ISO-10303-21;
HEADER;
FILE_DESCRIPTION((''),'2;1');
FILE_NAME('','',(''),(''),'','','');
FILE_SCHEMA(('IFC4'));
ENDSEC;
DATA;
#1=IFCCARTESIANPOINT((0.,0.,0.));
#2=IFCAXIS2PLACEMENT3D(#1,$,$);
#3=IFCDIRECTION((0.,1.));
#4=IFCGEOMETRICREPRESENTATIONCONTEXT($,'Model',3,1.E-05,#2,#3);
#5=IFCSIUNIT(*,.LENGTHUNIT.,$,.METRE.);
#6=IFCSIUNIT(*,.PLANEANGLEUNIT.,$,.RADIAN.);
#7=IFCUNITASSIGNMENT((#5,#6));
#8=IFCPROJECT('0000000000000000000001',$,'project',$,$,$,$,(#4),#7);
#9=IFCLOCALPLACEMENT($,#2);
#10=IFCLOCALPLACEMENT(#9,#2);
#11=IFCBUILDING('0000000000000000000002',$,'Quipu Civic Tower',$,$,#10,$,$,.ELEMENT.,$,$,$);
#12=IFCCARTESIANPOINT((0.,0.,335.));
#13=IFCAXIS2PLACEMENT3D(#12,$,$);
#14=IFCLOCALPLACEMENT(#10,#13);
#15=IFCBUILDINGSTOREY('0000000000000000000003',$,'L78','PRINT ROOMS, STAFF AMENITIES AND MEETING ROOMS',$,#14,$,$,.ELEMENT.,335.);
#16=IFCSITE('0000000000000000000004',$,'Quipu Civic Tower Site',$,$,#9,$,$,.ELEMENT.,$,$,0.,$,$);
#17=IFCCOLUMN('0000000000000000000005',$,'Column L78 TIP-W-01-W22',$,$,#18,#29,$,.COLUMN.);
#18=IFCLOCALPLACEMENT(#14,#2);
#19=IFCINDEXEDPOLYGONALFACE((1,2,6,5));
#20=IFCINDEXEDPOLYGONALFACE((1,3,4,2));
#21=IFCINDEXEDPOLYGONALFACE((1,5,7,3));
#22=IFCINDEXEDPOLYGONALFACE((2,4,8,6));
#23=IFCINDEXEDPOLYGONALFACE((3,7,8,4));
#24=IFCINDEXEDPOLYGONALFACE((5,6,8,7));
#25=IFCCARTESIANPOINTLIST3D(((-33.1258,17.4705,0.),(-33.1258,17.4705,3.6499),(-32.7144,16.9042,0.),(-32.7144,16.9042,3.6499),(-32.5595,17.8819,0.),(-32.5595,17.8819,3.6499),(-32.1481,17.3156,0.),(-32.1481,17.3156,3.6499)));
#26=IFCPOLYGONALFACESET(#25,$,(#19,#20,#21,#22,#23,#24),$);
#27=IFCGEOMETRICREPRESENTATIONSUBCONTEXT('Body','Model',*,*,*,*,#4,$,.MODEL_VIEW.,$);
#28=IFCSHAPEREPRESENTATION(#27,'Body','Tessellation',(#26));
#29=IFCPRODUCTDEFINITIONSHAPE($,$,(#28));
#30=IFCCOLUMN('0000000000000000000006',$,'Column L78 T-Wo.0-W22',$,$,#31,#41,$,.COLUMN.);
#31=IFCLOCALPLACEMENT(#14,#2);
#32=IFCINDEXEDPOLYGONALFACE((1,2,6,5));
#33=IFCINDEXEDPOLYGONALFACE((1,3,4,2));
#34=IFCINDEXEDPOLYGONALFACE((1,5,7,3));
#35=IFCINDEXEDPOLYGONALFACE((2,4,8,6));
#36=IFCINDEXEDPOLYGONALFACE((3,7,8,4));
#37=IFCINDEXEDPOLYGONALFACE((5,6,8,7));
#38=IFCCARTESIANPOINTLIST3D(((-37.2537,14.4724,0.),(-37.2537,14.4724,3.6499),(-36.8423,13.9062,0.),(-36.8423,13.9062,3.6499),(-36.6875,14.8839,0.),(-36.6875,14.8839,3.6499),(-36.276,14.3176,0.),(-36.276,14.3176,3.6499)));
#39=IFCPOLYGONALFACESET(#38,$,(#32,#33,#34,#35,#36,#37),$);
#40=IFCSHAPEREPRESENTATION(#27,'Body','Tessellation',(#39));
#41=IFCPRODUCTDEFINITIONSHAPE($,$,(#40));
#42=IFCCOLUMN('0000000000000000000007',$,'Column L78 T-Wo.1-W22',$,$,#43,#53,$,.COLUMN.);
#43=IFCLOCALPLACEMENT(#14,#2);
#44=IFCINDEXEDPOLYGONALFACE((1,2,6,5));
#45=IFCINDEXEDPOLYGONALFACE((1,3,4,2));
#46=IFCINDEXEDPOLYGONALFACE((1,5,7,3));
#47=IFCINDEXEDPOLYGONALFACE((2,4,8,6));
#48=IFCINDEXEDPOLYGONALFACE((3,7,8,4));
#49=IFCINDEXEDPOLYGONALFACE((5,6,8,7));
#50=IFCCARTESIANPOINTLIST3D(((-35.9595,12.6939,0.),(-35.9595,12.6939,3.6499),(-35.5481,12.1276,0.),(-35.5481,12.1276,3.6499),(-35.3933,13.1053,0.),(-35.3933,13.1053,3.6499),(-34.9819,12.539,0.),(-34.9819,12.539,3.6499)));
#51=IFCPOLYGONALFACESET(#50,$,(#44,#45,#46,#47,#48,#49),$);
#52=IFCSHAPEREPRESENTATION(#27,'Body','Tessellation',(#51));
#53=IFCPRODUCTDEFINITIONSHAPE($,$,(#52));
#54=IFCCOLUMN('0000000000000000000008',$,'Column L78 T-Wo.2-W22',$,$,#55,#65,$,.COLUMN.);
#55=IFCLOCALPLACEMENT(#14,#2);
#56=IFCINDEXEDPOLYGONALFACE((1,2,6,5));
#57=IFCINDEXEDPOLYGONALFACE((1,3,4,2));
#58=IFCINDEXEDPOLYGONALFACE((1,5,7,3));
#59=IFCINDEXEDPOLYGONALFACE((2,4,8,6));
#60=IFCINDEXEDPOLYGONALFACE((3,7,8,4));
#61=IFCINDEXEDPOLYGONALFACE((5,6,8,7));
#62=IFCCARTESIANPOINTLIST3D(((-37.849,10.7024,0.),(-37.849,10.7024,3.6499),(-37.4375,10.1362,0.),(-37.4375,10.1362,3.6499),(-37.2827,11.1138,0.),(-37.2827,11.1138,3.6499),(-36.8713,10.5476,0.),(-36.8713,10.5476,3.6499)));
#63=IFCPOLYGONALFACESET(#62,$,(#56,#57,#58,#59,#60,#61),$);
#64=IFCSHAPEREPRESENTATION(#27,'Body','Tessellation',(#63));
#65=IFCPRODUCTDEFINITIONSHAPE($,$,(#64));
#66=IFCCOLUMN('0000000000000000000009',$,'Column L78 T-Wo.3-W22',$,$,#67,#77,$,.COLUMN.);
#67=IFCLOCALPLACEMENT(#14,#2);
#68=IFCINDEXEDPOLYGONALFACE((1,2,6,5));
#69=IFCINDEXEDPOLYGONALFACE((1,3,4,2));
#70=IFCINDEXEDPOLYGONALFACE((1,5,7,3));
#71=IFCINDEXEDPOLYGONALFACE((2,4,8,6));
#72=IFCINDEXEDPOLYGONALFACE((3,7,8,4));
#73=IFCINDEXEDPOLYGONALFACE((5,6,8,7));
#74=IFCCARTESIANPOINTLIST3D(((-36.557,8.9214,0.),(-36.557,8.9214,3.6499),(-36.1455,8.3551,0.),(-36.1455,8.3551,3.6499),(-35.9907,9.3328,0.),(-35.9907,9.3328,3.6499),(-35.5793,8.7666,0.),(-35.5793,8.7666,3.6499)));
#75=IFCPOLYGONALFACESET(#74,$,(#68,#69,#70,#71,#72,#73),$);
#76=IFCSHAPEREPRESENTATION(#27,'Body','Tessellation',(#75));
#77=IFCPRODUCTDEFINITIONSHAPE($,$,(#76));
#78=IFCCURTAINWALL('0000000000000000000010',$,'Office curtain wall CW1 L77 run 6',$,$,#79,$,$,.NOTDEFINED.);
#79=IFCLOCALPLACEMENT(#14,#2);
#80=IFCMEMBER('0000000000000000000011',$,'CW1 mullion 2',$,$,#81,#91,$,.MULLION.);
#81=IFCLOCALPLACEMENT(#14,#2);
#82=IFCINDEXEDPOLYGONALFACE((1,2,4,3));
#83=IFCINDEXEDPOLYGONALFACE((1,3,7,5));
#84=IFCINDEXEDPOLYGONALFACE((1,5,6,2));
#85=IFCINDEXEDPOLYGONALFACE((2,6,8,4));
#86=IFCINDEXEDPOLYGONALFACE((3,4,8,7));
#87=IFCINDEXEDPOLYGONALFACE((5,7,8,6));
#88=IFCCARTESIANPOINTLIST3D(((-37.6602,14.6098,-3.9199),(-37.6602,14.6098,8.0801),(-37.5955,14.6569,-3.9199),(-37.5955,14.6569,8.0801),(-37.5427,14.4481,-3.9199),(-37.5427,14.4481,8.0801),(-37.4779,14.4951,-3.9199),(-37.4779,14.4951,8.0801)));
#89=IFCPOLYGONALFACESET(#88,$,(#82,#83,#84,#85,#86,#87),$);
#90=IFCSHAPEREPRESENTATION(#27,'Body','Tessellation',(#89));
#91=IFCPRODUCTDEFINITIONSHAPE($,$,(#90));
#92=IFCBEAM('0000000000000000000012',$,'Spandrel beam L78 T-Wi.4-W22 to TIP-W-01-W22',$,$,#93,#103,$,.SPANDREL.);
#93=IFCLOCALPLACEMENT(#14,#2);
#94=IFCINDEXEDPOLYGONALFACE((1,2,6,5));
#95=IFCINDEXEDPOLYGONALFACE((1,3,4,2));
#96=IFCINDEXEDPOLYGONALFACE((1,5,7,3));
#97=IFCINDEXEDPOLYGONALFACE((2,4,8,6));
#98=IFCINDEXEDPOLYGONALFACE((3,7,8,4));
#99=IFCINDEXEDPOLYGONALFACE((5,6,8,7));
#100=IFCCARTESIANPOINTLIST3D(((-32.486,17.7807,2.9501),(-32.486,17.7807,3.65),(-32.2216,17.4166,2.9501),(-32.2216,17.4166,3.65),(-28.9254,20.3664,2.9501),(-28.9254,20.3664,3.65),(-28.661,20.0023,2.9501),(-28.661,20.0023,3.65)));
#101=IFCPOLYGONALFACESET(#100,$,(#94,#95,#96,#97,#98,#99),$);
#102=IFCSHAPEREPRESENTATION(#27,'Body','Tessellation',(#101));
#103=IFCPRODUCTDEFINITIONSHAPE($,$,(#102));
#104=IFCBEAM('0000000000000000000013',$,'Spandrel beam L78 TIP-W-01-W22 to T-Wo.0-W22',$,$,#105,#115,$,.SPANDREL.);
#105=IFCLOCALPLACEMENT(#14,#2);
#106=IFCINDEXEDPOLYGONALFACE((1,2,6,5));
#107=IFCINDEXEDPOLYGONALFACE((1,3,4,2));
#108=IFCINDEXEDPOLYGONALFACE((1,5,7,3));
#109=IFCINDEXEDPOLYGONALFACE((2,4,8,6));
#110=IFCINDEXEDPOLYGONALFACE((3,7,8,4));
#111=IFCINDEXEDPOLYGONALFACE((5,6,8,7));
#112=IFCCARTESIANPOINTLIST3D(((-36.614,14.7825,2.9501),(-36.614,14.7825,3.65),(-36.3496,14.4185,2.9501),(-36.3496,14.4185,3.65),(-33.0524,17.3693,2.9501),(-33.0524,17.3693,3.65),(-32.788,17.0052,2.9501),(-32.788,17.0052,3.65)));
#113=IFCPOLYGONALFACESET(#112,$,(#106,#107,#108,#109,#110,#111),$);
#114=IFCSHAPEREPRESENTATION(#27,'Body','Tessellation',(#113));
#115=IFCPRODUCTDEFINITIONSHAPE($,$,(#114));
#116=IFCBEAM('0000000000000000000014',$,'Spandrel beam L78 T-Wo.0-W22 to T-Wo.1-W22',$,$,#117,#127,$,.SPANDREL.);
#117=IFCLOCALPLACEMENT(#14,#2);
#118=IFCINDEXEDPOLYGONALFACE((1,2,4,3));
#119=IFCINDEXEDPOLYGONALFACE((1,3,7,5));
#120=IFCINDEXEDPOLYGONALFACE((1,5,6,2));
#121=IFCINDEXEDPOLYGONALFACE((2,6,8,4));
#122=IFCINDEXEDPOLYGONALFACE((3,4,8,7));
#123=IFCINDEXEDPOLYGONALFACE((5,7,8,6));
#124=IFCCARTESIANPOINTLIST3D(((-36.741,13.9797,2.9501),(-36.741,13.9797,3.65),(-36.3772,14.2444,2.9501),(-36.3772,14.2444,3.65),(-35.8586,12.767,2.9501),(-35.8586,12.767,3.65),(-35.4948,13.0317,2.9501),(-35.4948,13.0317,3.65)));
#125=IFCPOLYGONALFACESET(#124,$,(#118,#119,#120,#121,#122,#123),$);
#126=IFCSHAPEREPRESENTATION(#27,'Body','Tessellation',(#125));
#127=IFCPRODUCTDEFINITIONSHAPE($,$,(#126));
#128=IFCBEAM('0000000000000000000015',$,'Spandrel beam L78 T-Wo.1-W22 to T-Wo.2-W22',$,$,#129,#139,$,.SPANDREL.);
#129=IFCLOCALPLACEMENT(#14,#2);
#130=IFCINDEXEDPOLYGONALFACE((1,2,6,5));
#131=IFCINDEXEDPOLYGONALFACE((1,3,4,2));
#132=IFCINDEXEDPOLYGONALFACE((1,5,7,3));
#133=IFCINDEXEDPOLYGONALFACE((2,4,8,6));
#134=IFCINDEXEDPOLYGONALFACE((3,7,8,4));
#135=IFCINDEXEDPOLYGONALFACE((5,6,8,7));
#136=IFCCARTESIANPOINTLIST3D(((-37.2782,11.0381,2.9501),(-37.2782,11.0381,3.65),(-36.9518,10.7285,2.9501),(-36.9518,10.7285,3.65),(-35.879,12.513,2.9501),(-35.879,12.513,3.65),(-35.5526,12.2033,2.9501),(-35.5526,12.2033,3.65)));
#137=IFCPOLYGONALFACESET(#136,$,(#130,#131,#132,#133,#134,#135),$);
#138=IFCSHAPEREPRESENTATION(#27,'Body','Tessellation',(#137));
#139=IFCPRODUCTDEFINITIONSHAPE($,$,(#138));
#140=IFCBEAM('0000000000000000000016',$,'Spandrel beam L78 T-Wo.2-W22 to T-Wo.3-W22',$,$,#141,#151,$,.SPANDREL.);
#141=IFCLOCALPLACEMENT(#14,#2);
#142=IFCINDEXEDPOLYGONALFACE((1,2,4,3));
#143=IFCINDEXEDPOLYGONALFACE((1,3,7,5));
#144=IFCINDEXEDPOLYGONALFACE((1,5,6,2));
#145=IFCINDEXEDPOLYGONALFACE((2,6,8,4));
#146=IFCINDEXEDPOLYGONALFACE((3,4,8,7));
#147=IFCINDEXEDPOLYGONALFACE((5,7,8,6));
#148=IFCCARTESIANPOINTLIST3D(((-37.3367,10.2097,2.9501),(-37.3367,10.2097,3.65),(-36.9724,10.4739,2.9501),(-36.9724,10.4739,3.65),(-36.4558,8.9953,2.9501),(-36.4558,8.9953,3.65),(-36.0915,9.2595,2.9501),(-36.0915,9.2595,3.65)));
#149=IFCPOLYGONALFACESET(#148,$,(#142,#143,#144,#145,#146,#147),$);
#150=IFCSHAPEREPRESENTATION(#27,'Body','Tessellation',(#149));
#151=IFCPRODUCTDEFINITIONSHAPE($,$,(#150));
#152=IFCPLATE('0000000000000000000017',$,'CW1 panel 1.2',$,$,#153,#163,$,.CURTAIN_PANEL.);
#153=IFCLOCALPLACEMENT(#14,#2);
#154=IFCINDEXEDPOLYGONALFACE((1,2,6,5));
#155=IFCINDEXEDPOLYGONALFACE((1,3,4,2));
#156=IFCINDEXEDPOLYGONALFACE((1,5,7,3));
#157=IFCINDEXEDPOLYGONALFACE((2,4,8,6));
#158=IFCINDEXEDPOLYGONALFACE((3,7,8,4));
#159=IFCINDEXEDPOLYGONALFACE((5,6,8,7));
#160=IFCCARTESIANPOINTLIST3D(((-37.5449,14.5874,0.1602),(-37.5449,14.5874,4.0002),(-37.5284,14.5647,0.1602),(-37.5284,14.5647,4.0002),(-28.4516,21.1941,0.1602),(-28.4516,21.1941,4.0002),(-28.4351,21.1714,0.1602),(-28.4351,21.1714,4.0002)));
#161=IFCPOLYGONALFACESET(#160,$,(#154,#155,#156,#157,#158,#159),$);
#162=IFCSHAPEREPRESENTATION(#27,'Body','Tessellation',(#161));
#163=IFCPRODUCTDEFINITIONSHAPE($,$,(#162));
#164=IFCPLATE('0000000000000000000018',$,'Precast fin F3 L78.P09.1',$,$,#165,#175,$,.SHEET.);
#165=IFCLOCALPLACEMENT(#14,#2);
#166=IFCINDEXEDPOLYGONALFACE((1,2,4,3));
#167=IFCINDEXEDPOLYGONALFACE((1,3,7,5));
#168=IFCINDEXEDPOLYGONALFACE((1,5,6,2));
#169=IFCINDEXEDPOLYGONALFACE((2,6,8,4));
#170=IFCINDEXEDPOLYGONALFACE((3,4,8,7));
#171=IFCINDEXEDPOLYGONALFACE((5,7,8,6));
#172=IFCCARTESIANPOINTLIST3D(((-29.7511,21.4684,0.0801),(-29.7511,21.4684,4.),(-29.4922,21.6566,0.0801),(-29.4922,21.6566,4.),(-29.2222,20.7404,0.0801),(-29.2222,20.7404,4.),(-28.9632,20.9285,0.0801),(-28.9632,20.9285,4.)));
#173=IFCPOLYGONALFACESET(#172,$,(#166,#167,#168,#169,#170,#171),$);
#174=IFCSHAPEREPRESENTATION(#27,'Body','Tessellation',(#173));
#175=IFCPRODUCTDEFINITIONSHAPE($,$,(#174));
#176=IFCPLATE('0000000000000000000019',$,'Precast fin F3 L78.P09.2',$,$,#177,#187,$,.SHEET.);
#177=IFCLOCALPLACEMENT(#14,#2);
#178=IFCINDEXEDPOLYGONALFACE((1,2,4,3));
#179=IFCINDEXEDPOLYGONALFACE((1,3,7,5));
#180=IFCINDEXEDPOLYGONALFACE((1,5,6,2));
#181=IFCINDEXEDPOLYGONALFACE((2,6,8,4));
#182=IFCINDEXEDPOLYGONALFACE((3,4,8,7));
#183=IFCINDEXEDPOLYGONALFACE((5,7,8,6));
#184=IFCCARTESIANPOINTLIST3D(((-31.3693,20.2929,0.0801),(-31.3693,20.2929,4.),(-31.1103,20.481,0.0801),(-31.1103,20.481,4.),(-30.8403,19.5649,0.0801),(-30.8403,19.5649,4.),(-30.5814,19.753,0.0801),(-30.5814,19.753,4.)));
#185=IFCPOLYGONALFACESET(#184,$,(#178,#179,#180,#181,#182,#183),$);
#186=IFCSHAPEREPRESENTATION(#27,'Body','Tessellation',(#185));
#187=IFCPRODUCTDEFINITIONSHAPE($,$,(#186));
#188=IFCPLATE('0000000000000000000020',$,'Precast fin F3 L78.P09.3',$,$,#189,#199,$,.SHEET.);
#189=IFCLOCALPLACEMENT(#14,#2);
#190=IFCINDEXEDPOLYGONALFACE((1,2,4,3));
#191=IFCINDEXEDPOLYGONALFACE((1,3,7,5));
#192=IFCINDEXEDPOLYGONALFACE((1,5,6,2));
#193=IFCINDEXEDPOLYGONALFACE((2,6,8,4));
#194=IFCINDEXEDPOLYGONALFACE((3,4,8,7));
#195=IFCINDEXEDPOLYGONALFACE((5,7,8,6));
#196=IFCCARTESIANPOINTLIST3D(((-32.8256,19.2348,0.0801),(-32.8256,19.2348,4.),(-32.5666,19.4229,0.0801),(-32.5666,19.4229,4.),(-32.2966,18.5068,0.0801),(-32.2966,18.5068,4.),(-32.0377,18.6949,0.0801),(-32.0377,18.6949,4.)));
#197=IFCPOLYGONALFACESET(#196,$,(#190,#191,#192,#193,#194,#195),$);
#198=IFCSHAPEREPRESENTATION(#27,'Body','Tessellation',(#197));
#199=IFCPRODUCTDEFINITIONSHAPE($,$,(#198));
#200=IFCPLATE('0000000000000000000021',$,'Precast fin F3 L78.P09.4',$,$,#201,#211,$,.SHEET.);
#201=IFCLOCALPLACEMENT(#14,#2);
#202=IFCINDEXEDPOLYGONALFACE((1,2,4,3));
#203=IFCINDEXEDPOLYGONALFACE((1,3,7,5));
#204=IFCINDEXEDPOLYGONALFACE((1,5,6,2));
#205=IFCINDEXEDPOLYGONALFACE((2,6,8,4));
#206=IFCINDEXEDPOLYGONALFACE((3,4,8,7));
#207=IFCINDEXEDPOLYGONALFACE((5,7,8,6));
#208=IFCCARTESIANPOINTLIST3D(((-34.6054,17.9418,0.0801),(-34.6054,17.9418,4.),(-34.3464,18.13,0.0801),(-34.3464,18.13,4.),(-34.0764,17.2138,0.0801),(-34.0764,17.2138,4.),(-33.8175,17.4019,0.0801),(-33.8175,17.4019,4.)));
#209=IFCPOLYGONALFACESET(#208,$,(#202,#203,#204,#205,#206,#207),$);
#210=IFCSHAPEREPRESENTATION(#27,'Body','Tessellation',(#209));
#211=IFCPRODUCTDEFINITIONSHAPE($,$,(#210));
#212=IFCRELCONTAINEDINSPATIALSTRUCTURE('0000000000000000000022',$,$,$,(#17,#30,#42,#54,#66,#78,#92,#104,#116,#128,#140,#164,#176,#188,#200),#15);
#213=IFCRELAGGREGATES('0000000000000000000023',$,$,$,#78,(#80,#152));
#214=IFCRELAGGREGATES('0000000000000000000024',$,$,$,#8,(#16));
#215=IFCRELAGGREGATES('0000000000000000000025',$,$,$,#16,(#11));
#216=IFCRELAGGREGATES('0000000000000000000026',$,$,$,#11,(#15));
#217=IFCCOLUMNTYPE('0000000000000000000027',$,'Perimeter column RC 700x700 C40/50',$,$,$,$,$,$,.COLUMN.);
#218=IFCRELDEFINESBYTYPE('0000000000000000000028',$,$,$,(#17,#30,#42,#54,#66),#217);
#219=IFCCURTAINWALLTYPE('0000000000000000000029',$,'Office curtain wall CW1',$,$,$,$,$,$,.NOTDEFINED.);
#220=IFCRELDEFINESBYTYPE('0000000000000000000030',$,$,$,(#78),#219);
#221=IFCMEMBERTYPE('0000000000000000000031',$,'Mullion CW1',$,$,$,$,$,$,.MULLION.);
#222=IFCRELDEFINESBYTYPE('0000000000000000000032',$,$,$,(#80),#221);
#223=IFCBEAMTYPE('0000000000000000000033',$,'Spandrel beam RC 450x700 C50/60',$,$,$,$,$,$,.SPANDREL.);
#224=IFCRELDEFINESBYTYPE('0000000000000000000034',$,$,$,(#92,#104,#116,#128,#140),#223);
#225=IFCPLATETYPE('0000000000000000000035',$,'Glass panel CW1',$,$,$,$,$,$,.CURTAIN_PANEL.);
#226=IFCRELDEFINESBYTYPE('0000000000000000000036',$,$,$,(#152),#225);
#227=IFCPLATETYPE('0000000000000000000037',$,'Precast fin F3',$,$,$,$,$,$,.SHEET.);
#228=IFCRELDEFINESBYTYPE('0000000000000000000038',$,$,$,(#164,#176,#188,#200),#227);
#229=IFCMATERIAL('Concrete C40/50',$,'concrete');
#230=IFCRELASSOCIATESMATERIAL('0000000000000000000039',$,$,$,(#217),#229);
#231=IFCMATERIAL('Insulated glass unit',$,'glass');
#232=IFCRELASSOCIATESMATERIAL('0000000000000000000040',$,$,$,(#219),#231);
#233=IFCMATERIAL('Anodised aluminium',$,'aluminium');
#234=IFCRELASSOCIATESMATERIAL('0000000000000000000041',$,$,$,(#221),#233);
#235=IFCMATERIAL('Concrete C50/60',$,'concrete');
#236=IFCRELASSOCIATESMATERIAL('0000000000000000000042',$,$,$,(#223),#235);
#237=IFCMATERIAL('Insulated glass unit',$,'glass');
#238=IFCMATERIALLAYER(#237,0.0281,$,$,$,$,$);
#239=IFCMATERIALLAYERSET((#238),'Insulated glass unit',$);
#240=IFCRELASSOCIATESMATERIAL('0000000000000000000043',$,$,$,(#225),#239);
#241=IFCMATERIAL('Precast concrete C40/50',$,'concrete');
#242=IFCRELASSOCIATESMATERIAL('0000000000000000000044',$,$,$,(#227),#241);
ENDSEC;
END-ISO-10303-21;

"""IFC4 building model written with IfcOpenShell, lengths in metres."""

from ifc_helpers import new_model, si_unit, direction, frame, origin, origin_2d, place, context, subcontext, project, spatial, rectangle, extrude, material, layer, layer_set, material_profile, profile_set, type_object, element, aggregate, save


model = new_model("IFC4")

# Units and contexts
model_context = context("Model", 3, precision=1e-05, world=origin(), true_north=direction((0.0, 1.0)))
body_context = subcontext(model_context, "Body", "Model", "MODEL_VIEW")
ifc_project = project(units=[si_unit("LENGTHUNIT", "METRE"), si_unit("PLANEANGLEUNIT", "RADIAN")], contexts=[model_context])

# Site, building, storey
site_placement = place(None, origin())
site = spatial("IfcSite", under=ifc_project, at=site_placement, Name="Quipu Civic Tower Site", CompositionType="ELEMENT", RefElevation=0.0)
building_placement = place(site_placement, origin())
building = spatial("IfcBuilding", under=site, at=building_placement, Name="Quipu Civic Tower", CompositionType="ELEMENT")
storey_placement = place(building_placement, frame((0.0, 0.0, 335.0)))
storey = spatial("IfcBuildingStorey", under=building, at=storey_placement, Name="L78", Description="PRINT ROOMS, STAFF AMENITIES AND MEETING ROOMS", CompositionType="ELEMENT", Elevation=335.0)

# Columns
ifc_material_1 = material(Name="Concrete C40/50", Category="concrete")
ifc_material_profile_1 = material_profile(ifc_material_1, rectangle(XDim=0.7, YDim=0.7, at=origin_2d()), Name="RC700x700")
ifc_profile_set_1 = profile_set([ifc_material_profile_1], Name="Concrete C40/50")
column_type = type_object("IfcColumnType", Name="Perimeter column RC 700x700 C40/50", PredefinedType="COLUMN", material=ifc_profile_set_1)
for number, where, z_axis, x_axis, name in (
    (1, (-32.637, 17.3931, 0.0), (0.0, 0.0, 1.0), (-0.809017, -0.587785, 0.0), "Column L78 TIP-W-01-W22"),
    (2, (-36.7649, 14.395, 0.0), (0.0, 0.0, 1.0), (0.587785, -0.809017, 0.0), "Column L78 T-Wo.0-W22"),
    (3, (-35.4707, 12.6165, 0.0), (0.0, 0.0, 1.0), (-0.809017, -0.587785, 0.0), "Column L78 T-Wo.1-W22"),
    (4, (-37.3601, 10.625, 0.0), (0.0, 0.0, 1.0), (0.587785, -0.809017, 0.0), "Column L78 T-Wo.2-W22"),
    (5, (-36.0681, 8.844, 0.0), (0.0, 0.0, 1.0), (0.587785, -0.809017, 0.0), "Column L78 T-Wo.3-W22"),
):
    element("IfcColumn", number, at=place(storey_placement, frame(where, z_axis=z_axis, x_axis=x_axis)), inside=storey, type_object=column_type, Name=name, PredefinedType="COLUMN", context=body_context, shape_type="SweptSolid", body=[
        extrude(rectangle(XDim=0.7, YDim=0.7, at=origin_2d()), origin(), (0.0, 0.0, 1.0), 3.6499),
    ])

# Curtain wall, member
ifc_material_2 = material(Name="Insulated glass unit", Category="glass")
curtain_wall_type = type_object("IfcCurtainWallType", Name="Office curtain wall CW1", PredefinedType="NOTDEFINED", material=ifc_material_2)
curtain_wall_placement = place(storey_placement, origin())
curtain_wall = element("IfcCurtainWall", 6, at=curtain_wall_placement, inside=storey, type_object=curtain_wall_type, Name="Office curtain wall CW1 L77 run 6", PredefinedType="NOTDEFINED")
ifc_material_3 = material(Name="Anodised aluminium", Category="aluminium")
ifc_material_profile_2 = material_profile(ifc_material_3, rectangle(XDim=0.2, YDim=0.0801, at=origin_2d()), Name="RECT 200x80")
ifc_profile_set_2 = profile_set([ifc_material_profile_2], Name="Anodised aluminium")
member_type = type_object("IfcMemberType", Name="Mullion CW1", PredefinedType="MULLION", material=ifc_profile_set_2)
member_placement = place(storey_placement, frame((-37.5691, 14.5525, -3.9199), z_axis=(0.0, 0.0, 1.0), x_axis=(0.587788, -0.809015, 0.0)))
member = element("IfcMember", 7, at=member_placement, type_object=member_type, Name="CW1 mullion 2", PredefinedType="MULLION", context=body_context, shape_type="SweptSolid", body=[
    extrude(rectangle(XDim=0.2, YDim=0.0801, at=origin_2d()), origin(), (0.0, 0.0, 1.0), 12.0),
])

# Beams
ifc_material_4 = material(Name="Concrete C50/60", Category="concrete")
ifc_material_profile_3 = material_profile(ifc_material_4, rectangle(XDim=0.45, YDim=0.7, at=origin_2d()), Name="RC450x700")
ifc_profile_set_3 = profile_set([ifc_material_profile_3], Name="Concrete C50/60")
beam_type = type_object("IfcBeamType", Name="Spandrel beam RC 450x700 C50/60", PredefinedType="SPANDREL", material=ifc_profile_set_3)
beam_1_placement = place(storey_placement, frame((-28.7932, 20.1843, 3.3), z_axis=(-0.809146, -0.587607, 0.0), x_axis=(0.587607, -0.809146, 0.0)))
element("IfcBeam", 8, at=beam_1_placement, inside=storey, type_object=beam_type, Name="Spandrel beam L78 T-Wi.4-W22 to TIP-W-01-W22", PredefinedType="SPANDREL", context=body_context, shape_type="SweptSolid", body=[
    extrude(rectangle(XDim=0.45, YDim=0.7, at=origin_2d()), origin(), (0.0, 0.0, 1.0), 4.4004),
])
beam_2_placement = place(storey_placement, frame((-32.9202, 17.1873, 3.3), z_axis=(-0.809117, -0.587647, 0.0), x_axis=(0.587647, -0.809117, 0.0)))
element("IfcBeam", 9, at=beam_2_placement, inside=storey, type_object=beam_type, Name="Spandrel beam L78 TIP-W-01-W22 to T-Wo.0-W22", PredefinedType="SPANDREL", context=body_context, shape_type="SweptSolid", body=[
    extrude(rectangle(XDim=0.45, YDim=0.7, at=origin_2d()), origin(), (0.0, 0.0, 1.0), 4.4019),
])
beam_3_placement = place(storey_placement, frame((-36.5591, 14.1121, 3.3), z_axis=(0.588346, -0.808609, 0.0), x_axis=(0.808609, 0.588346, 0.0)))
element("IfcBeam", 10, at=beam_3_placement, inside=storey, type_object=beam_type, Name="Spandrel beam L78 T-Wo.0-W22 to T-Wo.1-W22", PredefinedType="SPANDREL", context=body_context, shape_type="SweptSolid", body=[
    extrude(rectangle(XDim=0.45, YDim=0.7, at=origin_2d()), origin(), (0.0, 0.0, 1.0), 1.4998),
])
beam_4_placement = place(storey_placement, frame((-35.7158, 12.3582, 3.3), z_axis=(-0.688247, -0.725476, 0.0), x_axis=(0.725476, -0.688247, 0.0)))
element("IfcBeam", 11, at=beam_4_placement, inside=storey, type_object=beam_type, Name="Spandrel beam L78 T-Wo.1-W22 to T-Wo.2-W22", PredefinedType="SPANDREL", context=body_context, shape_type="SweptSolid", body=[
    extrude(rectangle(XDim=0.45, YDim=0.7, at=origin_2d()), origin(), (0.0, 0.0, 1.0), 2.033),
])
beam_5_placement = place(storey_placement, frame((-37.1545, 10.3418, 3.3), z_axis=(0.587165, -0.809467, 0.0), x_axis=(0.809467, 0.587165, 0.0)))
element("IfcBeam", 12, at=beam_5_placement, inside=storey, type_object=beam_type, Name="Spandrel beam L78 T-Wo.2-W22 to T-Wo.3-W22", PredefinedType="SPANDREL", context=body_context, shape_type="SweptSolid", body=[
    extrude(rectangle(XDim=0.45, YDim=0.7, at=origin_2d()), origin(), (0.0, 0.0, 1.0), 1.5002),
])

# Plate
ifc_material_5 = material(Name="Insulated glass unit", Category="glass")
ifc_layer_1 = layer(ifc_material_5, 0.0281)
ifc_layer_set_1 = layer_set([ifc_layer_1], Name="Insulated glass unit")
plate_type_1 = type_object("IfcPlateType", Name="Glass panel CW1", PredefinedType="CURTAIN_PANEL", material=ifc_layer_set_1)
plate_placement = place(storey_placement, frame((-32.99, 17.8794, 0.1602), z_axis=(0.0, 0.0, 1.0), x_axis=(-0.809015, -0.587788, 0.0)))
plate = element("IfcPlate", 13, at=plate_placement, type_object=plate_type_1, Name="CW1 panel 1.2", PredefinedType="CURTAIN_PANEL", context=body_context, shape_type="SweptSolid", body=[
    extrude(rectangle(XDim=11.24, YDim=0.0281, at=origin_2d()), origin(), (0.0, 0.0, 1.0), 3.8401),
])
aggregate(curtain_wall, [member, plate])

# Plates
ifc_material_6 = material(Name="Precast concrete C40/50", Category="concrete")
plate_type_2 = type_object("IfcPlateType", Name="Precast fin F3", PredefinedType="SHEET", material=ifc_material_6)
for number, where, z_axis, x_axis, name in (
    (14, (-29.3572, 21.1985, 0.0801), (0.0, 0.0, 1.0), (-0.809017, -0.587785, 0.0), "Precast fin F3 L78.P09.1"),
    (15, (-30.9753, 20.0229, 0.0801), (0.0, 0.0, 1.0), (-0.809017, -0.587785, 0.0), "Precast fin F3 L78.P09.2"),
    (16, (-32.4316, 18.9648, 0.0801), (0.0, 0.0, 1.0), (-0.809017, -0.587785, 0.0), "Precast fin F3 L78.P09.3"),
    (17, (-34.2114, 17.6719, 0.0801), (0.0, 0.0, 1.0), (-0.809017, -0.587785, 0.0), "Precast fin F3 L78.P09.4"),
):
    element("IfcPlate", number, at=place(storey_placement, frame(where, z_axis=z_axis, x_axis=x_axis)), inside=storey, type_object=plate_type_2, Name=name, PredefinedType="SHEET", context=body_context, shape_type="SweptSolid", body=[
        extrude(rectangle(XDim=0.3201, YDim=0.8999, at=origin_2d()), origin(), (0.0, 0.0, 1.0), 3.9199),
    ])

save(model, "model.ifc")
